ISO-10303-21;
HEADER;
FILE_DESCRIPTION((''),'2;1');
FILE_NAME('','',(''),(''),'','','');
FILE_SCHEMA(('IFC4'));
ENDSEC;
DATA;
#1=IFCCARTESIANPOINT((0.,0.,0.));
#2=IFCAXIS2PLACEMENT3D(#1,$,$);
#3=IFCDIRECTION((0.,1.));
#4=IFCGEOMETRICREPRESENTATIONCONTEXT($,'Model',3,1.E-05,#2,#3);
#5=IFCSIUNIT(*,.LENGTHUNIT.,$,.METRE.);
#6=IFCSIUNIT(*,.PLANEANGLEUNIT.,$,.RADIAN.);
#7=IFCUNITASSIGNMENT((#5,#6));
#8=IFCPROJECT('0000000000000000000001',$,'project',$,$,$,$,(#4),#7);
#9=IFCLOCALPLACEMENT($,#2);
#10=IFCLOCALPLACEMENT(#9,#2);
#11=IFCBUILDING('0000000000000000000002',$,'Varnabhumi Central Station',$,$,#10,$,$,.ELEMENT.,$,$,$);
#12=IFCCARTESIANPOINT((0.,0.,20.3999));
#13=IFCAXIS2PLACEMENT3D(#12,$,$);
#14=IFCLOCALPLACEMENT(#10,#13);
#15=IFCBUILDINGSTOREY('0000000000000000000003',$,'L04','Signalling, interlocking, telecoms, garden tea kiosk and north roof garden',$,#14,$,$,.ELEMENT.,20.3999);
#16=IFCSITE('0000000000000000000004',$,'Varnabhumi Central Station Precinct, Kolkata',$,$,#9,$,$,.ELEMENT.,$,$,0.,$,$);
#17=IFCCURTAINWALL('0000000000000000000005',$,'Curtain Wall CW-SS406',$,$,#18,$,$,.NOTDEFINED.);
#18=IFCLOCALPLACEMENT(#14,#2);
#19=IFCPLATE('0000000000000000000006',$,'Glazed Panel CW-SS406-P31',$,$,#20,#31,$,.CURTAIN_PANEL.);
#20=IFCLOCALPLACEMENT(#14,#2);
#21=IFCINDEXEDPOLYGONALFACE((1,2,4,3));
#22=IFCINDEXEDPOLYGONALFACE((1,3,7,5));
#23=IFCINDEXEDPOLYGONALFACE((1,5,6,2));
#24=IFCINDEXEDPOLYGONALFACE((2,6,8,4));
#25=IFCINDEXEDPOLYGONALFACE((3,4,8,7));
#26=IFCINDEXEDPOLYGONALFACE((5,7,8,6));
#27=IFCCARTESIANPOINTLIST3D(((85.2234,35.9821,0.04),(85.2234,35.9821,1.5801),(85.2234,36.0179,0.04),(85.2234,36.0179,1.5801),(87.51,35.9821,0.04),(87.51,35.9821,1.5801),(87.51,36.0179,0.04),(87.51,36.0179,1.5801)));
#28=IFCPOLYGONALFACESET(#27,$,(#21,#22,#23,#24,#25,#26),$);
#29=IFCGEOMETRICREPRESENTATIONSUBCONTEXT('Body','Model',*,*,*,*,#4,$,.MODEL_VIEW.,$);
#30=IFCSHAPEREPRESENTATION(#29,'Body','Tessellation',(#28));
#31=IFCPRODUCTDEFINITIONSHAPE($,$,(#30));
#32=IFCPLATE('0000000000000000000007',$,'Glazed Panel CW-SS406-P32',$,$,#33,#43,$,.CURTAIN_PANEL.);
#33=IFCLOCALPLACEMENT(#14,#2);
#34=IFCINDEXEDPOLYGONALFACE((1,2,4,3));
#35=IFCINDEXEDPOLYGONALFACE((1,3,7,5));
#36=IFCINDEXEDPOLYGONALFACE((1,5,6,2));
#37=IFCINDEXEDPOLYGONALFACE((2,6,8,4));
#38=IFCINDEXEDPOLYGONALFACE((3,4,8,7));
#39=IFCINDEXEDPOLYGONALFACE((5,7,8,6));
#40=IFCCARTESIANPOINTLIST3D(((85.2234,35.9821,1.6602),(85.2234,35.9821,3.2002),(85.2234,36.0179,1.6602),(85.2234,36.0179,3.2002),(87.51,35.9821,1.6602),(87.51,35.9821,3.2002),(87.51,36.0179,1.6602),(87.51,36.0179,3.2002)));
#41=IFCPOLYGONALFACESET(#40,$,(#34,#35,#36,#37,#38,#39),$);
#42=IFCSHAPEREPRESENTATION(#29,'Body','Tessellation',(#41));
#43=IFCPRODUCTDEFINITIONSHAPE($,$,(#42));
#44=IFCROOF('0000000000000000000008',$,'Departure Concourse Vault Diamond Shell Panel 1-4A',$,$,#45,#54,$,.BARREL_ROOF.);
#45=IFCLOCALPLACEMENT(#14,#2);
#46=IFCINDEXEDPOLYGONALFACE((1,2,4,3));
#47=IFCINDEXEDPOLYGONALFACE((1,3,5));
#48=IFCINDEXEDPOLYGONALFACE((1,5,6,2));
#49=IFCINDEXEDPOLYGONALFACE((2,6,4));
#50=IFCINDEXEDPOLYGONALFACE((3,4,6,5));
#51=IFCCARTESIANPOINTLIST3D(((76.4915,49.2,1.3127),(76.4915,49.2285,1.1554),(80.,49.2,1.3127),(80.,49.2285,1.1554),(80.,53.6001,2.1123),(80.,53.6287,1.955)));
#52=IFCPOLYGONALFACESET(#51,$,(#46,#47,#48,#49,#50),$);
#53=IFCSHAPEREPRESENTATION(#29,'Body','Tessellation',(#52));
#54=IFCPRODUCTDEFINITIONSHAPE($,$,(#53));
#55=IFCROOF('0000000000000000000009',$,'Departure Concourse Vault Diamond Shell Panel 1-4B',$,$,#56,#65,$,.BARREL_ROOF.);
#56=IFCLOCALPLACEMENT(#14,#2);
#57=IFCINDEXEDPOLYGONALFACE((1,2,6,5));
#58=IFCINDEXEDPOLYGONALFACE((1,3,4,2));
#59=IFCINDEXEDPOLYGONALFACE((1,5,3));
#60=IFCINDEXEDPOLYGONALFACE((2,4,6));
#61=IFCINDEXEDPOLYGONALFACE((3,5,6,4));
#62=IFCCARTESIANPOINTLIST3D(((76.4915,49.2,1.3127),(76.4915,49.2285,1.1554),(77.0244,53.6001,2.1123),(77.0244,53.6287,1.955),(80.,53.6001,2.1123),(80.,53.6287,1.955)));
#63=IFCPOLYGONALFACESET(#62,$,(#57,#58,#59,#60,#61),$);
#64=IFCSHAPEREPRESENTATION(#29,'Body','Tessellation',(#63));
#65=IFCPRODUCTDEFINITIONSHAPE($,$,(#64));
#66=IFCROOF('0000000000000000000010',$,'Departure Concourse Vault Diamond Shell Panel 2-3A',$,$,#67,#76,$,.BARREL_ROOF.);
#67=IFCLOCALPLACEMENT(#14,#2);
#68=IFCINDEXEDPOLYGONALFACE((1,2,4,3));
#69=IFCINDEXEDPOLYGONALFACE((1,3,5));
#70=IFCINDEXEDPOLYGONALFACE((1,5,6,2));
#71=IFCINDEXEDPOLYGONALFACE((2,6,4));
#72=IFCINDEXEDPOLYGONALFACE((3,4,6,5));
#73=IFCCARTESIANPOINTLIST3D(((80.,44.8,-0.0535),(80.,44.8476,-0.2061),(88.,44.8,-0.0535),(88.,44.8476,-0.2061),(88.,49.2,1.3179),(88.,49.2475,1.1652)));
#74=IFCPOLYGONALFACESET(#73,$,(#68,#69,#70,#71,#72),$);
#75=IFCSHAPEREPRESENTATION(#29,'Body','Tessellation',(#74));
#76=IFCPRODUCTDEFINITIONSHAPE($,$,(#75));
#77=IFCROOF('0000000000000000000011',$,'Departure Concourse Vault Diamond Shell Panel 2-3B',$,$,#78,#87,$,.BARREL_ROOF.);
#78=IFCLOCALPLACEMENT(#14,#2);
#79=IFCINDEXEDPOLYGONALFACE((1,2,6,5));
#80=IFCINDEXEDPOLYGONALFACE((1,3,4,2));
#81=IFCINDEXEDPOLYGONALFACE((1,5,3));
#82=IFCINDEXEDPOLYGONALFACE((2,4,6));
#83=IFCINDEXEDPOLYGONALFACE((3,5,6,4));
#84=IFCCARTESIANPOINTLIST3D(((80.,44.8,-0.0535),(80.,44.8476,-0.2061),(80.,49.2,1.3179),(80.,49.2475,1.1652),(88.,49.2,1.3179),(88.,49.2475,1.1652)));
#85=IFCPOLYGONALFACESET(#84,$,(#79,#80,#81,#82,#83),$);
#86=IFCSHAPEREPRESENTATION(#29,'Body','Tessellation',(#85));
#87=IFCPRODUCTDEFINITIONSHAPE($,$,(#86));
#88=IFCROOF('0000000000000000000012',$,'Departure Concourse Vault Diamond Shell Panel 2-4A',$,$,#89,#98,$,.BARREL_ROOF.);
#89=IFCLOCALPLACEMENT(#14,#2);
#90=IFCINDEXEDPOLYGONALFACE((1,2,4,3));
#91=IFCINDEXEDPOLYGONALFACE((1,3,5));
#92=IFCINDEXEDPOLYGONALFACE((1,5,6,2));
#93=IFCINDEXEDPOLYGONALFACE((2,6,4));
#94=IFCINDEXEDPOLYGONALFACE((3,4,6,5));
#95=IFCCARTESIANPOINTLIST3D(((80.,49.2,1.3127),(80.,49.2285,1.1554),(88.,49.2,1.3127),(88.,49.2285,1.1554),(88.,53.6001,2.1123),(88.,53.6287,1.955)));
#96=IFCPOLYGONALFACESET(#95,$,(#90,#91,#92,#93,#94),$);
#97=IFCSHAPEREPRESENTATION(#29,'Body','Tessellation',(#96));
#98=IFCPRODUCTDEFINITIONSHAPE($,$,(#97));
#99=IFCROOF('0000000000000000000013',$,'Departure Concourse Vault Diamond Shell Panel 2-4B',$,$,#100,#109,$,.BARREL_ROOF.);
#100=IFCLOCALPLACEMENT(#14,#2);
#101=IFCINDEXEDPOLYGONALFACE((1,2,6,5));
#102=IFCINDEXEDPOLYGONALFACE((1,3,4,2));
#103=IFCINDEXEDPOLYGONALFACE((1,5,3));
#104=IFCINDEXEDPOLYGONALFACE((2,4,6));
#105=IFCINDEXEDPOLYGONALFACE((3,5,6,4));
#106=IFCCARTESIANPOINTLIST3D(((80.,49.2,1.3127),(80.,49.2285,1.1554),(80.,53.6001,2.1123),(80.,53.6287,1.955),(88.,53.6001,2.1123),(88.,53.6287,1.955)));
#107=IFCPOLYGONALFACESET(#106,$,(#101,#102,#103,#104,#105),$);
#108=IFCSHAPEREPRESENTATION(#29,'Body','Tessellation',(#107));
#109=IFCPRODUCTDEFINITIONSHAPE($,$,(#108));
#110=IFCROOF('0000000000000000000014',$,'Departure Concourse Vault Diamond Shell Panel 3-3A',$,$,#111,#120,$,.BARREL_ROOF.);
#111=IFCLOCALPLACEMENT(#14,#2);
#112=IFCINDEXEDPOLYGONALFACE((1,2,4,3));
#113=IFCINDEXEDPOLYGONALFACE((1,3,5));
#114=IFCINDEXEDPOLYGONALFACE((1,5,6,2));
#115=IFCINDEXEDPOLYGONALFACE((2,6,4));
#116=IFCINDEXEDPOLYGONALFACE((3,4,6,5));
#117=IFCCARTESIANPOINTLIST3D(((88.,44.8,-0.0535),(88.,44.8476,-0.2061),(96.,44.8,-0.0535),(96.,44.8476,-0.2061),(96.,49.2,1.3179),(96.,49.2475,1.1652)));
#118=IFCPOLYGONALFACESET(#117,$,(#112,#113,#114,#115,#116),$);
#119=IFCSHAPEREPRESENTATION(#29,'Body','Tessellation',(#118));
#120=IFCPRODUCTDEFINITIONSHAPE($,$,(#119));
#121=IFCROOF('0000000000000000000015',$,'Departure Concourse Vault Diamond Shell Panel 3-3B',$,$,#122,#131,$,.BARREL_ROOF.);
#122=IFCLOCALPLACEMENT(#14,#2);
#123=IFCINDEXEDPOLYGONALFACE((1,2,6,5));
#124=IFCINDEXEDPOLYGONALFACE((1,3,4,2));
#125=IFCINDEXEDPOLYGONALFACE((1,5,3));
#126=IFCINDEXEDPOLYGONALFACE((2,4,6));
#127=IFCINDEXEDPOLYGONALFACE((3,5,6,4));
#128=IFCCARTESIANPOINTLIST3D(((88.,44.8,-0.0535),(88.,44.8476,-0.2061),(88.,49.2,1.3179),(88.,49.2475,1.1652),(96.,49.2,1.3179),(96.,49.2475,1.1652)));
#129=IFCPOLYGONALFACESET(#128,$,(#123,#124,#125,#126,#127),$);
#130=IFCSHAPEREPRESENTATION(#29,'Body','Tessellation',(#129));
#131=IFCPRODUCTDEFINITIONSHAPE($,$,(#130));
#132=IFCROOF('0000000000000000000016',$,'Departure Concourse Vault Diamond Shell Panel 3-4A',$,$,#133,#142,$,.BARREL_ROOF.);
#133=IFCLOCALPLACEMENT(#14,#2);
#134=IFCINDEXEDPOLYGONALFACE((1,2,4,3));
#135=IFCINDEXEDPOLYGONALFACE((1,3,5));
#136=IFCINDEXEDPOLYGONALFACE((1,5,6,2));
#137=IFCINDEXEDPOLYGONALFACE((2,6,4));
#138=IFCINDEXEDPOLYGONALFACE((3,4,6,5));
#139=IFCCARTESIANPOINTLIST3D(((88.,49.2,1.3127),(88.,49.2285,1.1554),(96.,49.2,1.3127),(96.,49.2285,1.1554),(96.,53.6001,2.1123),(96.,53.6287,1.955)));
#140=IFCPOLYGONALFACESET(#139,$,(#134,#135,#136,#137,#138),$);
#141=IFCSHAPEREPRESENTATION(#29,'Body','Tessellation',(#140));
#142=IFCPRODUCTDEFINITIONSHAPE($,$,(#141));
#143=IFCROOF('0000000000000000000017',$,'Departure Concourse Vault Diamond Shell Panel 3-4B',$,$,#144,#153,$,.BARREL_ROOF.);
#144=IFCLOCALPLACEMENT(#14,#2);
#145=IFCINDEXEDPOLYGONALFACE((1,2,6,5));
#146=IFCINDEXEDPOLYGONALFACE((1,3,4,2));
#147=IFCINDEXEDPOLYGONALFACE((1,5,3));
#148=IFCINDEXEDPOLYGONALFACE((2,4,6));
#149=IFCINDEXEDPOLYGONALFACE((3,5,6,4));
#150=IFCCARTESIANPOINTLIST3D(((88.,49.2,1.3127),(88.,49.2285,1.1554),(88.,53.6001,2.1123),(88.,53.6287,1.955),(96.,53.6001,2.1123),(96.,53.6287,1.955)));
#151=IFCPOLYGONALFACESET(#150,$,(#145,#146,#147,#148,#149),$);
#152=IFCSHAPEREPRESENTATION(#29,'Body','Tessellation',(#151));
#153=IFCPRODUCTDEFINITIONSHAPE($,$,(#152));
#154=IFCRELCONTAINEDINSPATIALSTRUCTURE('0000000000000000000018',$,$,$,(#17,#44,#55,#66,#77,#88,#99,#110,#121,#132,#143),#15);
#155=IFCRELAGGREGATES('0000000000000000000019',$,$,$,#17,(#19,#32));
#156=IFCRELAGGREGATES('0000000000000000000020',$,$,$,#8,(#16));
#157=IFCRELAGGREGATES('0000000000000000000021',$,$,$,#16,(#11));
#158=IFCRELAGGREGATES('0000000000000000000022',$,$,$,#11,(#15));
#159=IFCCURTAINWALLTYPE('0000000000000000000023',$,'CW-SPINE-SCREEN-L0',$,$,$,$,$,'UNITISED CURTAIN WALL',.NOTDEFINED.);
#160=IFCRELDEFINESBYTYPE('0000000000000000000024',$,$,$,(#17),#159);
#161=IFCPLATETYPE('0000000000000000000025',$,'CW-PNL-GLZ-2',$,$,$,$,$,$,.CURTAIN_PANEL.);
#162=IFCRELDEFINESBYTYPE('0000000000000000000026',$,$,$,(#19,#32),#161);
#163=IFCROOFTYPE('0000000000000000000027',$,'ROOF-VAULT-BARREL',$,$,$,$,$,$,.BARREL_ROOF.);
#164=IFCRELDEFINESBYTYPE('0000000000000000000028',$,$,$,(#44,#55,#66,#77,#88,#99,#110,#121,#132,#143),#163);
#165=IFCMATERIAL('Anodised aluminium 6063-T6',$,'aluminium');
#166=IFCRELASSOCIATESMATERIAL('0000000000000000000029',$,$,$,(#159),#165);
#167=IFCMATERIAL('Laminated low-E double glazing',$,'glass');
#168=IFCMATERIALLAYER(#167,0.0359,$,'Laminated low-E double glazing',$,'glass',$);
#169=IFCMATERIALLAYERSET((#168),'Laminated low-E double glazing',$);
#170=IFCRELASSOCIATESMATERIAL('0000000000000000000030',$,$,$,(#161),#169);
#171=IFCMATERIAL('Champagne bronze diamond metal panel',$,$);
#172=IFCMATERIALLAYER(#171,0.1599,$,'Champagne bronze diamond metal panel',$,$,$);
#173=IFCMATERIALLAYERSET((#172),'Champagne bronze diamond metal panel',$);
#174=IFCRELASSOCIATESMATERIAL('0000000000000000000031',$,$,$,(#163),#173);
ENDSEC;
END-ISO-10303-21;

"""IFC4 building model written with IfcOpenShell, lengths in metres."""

from ifc_helpers import new_model, si_unit, direction, frame, origin, origin_2d, place, context, subcontext, project, spatial, polyline, rectangle, outline, extrude, material, layer, layer_set, type_object, element, aggregate, save


model = new_model("IFC4")

# Units and contexts
model_context = context("Model", 3, precision=1e-05, world=origin(), true_north=direction((0.0, 1.0)))
body_context = subcontext(model_context, "Body", "Model", "MODEL_VIEW")
ifc_project = project(units=[si_unit("LENGTHUNIT", "METRE"), si_unit("PLANEANGLEUNIT", "RADIAN")], contexts=[model_context])

# Site, building, storey
site_placement = place(None, origin())
site = spatial("IfcSite", under=ifc_project, at=site_placement, Name="Varnabhumi Central Station Precinct, Kolkata", CompositionType="ELEMENT", RefElevation=0.0)
building_placement = place(site_placement, origin())
building = spatial("IfcBuilding", under=site, at=building_placement, Name="Varnabhumi Central Station", CompositionType="ELEMENT")
storey_placement = place(building_placement, frame((0.0, 0.0, 20.3999)))
storey = spatial("IfcBuildingStorey", under=building, at=storey_placement, Name="L04", Description="Signalling, interlocking, telecoms, garden tea kiosk and north roof garden", CompositionType="ELEMENT", Elevation=20.3999)

# Curtain wall, plates
ifc_material_1 = material(Name="Anodised aluminium 6063-T6", Category="aluminium")
curtain_wall_type = type_object("IfcCurtainWallType", Name="CW-SPINE-SCREEN-L0", ElementType="UNITISED CURTAIN WALL", PredefinedType="NOTDEFINED", material=ifc_material_1)
curtain_wall_placement = place(storey_placement, origin())
curtain_wall = element("IfcCurtainWall", 1, at=curtain_wall_placement, inside=storey, type_object=curtain_wall_type, Name="Curtain Wall CW-SS406", PredefinedType="NOTDEFINED")
ifc_material_2 = material(Name="Laminated low-E double glazing", Category="glass")
ifc_layer_1 = layer(ifc_material_2, 0.0359, Name="Laminated low-E double glazing", Category="glass")
ifc_layer_set_1 = layer_set([ifc_layer_1], Name="Laminated low-E double glazing")
plate_type = type_object("IfcPlateType", Name="CW-PNL-GLZ-2", PredefinedType="CURTAIN_PANEL", material=ifc_layer_set_1)
plate_1_placement = place(storey_placement, frame((86.3667, 36.0, 0.04), z_axis=(0.0, 0.0, 1.0), x_axis=(1.0, 0.0, 0.0)))
plate_1 = element("IfcPlate", 2, at=plate_1_placement, type_object=plate_type, Name="Glazed Panel CW-SS406-P31", PredefinedType="CURTAIN_PANEL", context=body_context, shape_type="SweptSolid", body=[
    extrude(rectangle(XDim=2.2866, YDim=0.0359, at=origin_2d()), origin(), (0.0, 0.0, 1.0), 1.54),
])
plate_2_placement = place(storey_placement, frame((86.3667, 36.0, 1.6602), z_axis=(0.0, 0.0, 1.0), x_axis=(1.0, 0.0, 0.0)))
plate_2 = element("IfcPlate", 3, at=plate_2_placement, type_object=plate_type, Name="Glazed Panel CW-SS406-P32", PredefinedType="CURTAIN_PANEL", context=body_context, shape_type="SweptSolid", body=[
    extrude(rectangle(XDim=2.2866, YDim=0.0359, at=origin_2d()), origin(), (0.0, 0.0, 1.0), 1.54),
])
aggregate(curtain_wall, [plate_1, plate_2])

# Roofs
ifc_material_3 = material(Name="Champagne bronze diamond metal panel")
ifc_layer_2 = layer(ifc_material_3, 0.1599, Name="Champagne bronze diamond metal panel")
ifc_layer_set_2 = layer_set([ifc_layer_2], Name="Champagne bronze diamond metal panel")
roof_type = type_object("IfcRoofType", Name="ROOF-VAULT-BARREL", PredefinedType="BARREL_ROOF", material=ifc_layer_set_2)
roof_1_placement = place(storey_placement, frame((76.4915, 49.2, 1.3127), z_axis=(0.0, -0.178785, 0.983888), x_axis=(1.0, 0.0, 0.0)))
element("IfcRoof", 4, at=roof_1_placement, inside=storey, type_object=roof_type, Name="Departure Concourse Vault Diamond Shell Panel 1-4A", PredefinedType="BARREL_ROOF", context=body_context, shape_type="SweptSolid", body=[
    extrude(outline(polyline([(0.0, 0.0), (3.5085, 0.0), (3.5085, 4.4722), (0.0, 0.0)])), origin(), (0.0, 0.0, -1.0), 0.1599),
])
roof_2_placement = place(storey_placement, frame((76.4915, 49.2, 1.3127), z_axis=(0.0, -0.178785, 0.983888), x_axis=(0.617242, 0.774097, 0.140663)))
element("IfcRoof", 5, at=roof_2_placement, inside=storey, type_object=roof_type, Name="Departure Concourse Vault Diamond Shell Panel 1-4B", PredefinedType="BARREL_ROOF", context=body_context, shape_type="SweptSolid", body=[
    extrude(outline(polyline([(0.0, 0.0), (5.6842, 0.0), (3.8476, 2.3411), (0.0, 0.0)])), origin(), (0.0, 0.0, -1.0), 0.1599),
])
roof_3_placement = place(storey_placement, frame((80.0, 44.8, -0.0535), z_axis=(0.0, -0.297557, 0.954704), x_axis=(1.0, 0.0, 0.0)))
element("IfcRoof", 6, at=roof_3_placement, inside=storey, type_object=roof_type, Name="Departure Concourse Vault Diamond Shell Panel 2-3A", PredefinedType="BARREL_ROOF", context=body_context, shape_type="SweptSolid", body=[
    extrude(outline(polyline([(0.0, 0.0), (8.0, 0.0), (8.0, 4.6087), (0.0, 0.0)])), origin(), (0.0, 0.0, -1.0), 0.1599),
])
roof_4_placement = place(storey_placement, frame((80.0, 44.8, -0.0535), z_axis=(0.0, -0.297557, 0.954704), x_axis=(0.866501, 0.476565, 0.148533)))
element("IfcRoof", 7, at=roof_4_placement, inside=storey, type_object=roof_type, Name="Departure Concourse Vault Diamond Shell Panel 2-3B", PredefinedType="BARREL_ROOF", context=body_context, shape_type="SweptSolid", body=[
    extrude(outline(polyline([(0.0, 0.0), (9.2325, 0.0), (2.3005, 3.9934), (0.0, 0.0)])), origin(), (0.0, 0.0, -1.0), 0.1599),
])
roof_5_placement = place(storey_placement, frame((80.0, 49.2, 1.3127), z_axis=(0.0, -0.178785, 0.983888), x_axis=(1.0, 0.0, 0.0)))
element("IfcRoof", 8, at=roof_5_placement, inside=storey, type_object=roof_type, Name="Departure Concourse Vault Diamond Shell Panel 2-4A", PredefinedType="BARREL_ROOF", context=body_context, shape_type="SweptSolid", body=[
    extrude(outline(polyline([(0.0, 0.0), (8.0, 0.0), (8.0, 4.4722), (0.0, 0.0)])), origin(), (0.0, 0.0, -1.0), 0.1599),
])
roof_6_placement = place(storey_placement, frame((80.0, 49.2, 1.3127), z_axis=(0.0, -0.178785, 0.983888), x_axis=(0.872869, 0.480094, 0.087239)))
element("IfcRoof", 9, at=roof_6_placement, inside=storey, type_object=roof_type, Name="Departure Concourse Vault Diamond Shell Panel 2-4B", PredefinedType="BARREL_ROOF", context=body_context, shape_type="SweptSolid", body=[
    extrude(outline(polyline([(0.0, 0.0), (9.1652, 0.0), (2.1822, 3.9036), (0.0, 0.0)])), origin(), (0.0, 0.0, -1.0), 0.1599),
])
roof_7_placement = place(storey_placement, frame((88.0, 44.8, -0.0535), z_axis=(0.0, -0.297557, 0.954704), x_axis=(1.0, 0.0, 0.0)))
element("IfcRoof", 10, at=roof_7_placement, inside=storey, type_object=roof_type, Name="Departure Concourse Vault Diamond Shell Panel 3-3A", PredefinedType="BARREL_ROOF", context=body_context, shape_type="SweptSolid", body=[
    extrude(outline(polyline([(0.0, 0.0), (8.0, 0.0), (8.0, 4.6087), (0.0, 0.0)])), origin(), (0.0, 0.0, -1.0), 0.1599),
])
roof_8_placement = place(storey_placement, frame((88.0, 44.8, -0.0535), z_axis=(0.0, -0.297557, 0.954704), x_axis=(0.866501, 0.476565, 0.148533)))
element("IfcRoof", 11, at=roof_8_placement, inside=storey, type_object=roof_type, Name="Departure Concourse Vault Diamond Shell Panel 3-3B", PredefinedType="BARREL_ROOF", context=body_context, shape_type="SweptSolid", body=[
    extrude(outline(polyline([(0.0, 0.0), (9.2325, 0.0), (2.3005, 3.9934), (0.0, 0.0)])), origin(), (0.0, 0.0, -1.0), 0.1599),
])
roof_9_placement = place(storey_placement, frame((88.0, 49.2, 1.3127), z_axis=(0.0, -0.178785, 0.983888), x_axis=(1.0, 0.0, 0.0)))
element("IfcRoof", 12, at=roof_9_placement, inside=storey, type_object=roof_type, Name="Departure Concourse Vault Diamond Shell Panel 3-4A", PredefinedType="BARREL_ROOF", context=body_context, shape_type="SweptSolid", body=[
    extrude(outline(polyline([(0.0, 0.0), (8.0, 0.0), (8.0, 4.4722), (0.0, 0.0)])), origin(), (0.0, 0.0, -1.0), 0.1599),
])
roof_10_placement = place(storey_placement, frame((88.0, 49.2, 1.3127), z_axis=(0.0, -0.178785, 0.983888), x_axis=(0.872869, 0.480094, 0.087239)))
element("IfcRoof", 13, at=roof_10_placement, inside=storey, type_object=roof_type, Name="Departure Concourse Vault Diamond Shell Panel 3-4B", PredefinedType="BARREL_ROOF", context=body_context, shape_type="SweptSolid", body=[
    extrude(outline(polyline([(0.0, 0.0), (9.1652, 0.0), (2.1822, 3.9036), (0.0, 0.0)])), origin(), (0.0, 0.0, -1.0), 0.1599),
])

save(model, "model.ifc")
